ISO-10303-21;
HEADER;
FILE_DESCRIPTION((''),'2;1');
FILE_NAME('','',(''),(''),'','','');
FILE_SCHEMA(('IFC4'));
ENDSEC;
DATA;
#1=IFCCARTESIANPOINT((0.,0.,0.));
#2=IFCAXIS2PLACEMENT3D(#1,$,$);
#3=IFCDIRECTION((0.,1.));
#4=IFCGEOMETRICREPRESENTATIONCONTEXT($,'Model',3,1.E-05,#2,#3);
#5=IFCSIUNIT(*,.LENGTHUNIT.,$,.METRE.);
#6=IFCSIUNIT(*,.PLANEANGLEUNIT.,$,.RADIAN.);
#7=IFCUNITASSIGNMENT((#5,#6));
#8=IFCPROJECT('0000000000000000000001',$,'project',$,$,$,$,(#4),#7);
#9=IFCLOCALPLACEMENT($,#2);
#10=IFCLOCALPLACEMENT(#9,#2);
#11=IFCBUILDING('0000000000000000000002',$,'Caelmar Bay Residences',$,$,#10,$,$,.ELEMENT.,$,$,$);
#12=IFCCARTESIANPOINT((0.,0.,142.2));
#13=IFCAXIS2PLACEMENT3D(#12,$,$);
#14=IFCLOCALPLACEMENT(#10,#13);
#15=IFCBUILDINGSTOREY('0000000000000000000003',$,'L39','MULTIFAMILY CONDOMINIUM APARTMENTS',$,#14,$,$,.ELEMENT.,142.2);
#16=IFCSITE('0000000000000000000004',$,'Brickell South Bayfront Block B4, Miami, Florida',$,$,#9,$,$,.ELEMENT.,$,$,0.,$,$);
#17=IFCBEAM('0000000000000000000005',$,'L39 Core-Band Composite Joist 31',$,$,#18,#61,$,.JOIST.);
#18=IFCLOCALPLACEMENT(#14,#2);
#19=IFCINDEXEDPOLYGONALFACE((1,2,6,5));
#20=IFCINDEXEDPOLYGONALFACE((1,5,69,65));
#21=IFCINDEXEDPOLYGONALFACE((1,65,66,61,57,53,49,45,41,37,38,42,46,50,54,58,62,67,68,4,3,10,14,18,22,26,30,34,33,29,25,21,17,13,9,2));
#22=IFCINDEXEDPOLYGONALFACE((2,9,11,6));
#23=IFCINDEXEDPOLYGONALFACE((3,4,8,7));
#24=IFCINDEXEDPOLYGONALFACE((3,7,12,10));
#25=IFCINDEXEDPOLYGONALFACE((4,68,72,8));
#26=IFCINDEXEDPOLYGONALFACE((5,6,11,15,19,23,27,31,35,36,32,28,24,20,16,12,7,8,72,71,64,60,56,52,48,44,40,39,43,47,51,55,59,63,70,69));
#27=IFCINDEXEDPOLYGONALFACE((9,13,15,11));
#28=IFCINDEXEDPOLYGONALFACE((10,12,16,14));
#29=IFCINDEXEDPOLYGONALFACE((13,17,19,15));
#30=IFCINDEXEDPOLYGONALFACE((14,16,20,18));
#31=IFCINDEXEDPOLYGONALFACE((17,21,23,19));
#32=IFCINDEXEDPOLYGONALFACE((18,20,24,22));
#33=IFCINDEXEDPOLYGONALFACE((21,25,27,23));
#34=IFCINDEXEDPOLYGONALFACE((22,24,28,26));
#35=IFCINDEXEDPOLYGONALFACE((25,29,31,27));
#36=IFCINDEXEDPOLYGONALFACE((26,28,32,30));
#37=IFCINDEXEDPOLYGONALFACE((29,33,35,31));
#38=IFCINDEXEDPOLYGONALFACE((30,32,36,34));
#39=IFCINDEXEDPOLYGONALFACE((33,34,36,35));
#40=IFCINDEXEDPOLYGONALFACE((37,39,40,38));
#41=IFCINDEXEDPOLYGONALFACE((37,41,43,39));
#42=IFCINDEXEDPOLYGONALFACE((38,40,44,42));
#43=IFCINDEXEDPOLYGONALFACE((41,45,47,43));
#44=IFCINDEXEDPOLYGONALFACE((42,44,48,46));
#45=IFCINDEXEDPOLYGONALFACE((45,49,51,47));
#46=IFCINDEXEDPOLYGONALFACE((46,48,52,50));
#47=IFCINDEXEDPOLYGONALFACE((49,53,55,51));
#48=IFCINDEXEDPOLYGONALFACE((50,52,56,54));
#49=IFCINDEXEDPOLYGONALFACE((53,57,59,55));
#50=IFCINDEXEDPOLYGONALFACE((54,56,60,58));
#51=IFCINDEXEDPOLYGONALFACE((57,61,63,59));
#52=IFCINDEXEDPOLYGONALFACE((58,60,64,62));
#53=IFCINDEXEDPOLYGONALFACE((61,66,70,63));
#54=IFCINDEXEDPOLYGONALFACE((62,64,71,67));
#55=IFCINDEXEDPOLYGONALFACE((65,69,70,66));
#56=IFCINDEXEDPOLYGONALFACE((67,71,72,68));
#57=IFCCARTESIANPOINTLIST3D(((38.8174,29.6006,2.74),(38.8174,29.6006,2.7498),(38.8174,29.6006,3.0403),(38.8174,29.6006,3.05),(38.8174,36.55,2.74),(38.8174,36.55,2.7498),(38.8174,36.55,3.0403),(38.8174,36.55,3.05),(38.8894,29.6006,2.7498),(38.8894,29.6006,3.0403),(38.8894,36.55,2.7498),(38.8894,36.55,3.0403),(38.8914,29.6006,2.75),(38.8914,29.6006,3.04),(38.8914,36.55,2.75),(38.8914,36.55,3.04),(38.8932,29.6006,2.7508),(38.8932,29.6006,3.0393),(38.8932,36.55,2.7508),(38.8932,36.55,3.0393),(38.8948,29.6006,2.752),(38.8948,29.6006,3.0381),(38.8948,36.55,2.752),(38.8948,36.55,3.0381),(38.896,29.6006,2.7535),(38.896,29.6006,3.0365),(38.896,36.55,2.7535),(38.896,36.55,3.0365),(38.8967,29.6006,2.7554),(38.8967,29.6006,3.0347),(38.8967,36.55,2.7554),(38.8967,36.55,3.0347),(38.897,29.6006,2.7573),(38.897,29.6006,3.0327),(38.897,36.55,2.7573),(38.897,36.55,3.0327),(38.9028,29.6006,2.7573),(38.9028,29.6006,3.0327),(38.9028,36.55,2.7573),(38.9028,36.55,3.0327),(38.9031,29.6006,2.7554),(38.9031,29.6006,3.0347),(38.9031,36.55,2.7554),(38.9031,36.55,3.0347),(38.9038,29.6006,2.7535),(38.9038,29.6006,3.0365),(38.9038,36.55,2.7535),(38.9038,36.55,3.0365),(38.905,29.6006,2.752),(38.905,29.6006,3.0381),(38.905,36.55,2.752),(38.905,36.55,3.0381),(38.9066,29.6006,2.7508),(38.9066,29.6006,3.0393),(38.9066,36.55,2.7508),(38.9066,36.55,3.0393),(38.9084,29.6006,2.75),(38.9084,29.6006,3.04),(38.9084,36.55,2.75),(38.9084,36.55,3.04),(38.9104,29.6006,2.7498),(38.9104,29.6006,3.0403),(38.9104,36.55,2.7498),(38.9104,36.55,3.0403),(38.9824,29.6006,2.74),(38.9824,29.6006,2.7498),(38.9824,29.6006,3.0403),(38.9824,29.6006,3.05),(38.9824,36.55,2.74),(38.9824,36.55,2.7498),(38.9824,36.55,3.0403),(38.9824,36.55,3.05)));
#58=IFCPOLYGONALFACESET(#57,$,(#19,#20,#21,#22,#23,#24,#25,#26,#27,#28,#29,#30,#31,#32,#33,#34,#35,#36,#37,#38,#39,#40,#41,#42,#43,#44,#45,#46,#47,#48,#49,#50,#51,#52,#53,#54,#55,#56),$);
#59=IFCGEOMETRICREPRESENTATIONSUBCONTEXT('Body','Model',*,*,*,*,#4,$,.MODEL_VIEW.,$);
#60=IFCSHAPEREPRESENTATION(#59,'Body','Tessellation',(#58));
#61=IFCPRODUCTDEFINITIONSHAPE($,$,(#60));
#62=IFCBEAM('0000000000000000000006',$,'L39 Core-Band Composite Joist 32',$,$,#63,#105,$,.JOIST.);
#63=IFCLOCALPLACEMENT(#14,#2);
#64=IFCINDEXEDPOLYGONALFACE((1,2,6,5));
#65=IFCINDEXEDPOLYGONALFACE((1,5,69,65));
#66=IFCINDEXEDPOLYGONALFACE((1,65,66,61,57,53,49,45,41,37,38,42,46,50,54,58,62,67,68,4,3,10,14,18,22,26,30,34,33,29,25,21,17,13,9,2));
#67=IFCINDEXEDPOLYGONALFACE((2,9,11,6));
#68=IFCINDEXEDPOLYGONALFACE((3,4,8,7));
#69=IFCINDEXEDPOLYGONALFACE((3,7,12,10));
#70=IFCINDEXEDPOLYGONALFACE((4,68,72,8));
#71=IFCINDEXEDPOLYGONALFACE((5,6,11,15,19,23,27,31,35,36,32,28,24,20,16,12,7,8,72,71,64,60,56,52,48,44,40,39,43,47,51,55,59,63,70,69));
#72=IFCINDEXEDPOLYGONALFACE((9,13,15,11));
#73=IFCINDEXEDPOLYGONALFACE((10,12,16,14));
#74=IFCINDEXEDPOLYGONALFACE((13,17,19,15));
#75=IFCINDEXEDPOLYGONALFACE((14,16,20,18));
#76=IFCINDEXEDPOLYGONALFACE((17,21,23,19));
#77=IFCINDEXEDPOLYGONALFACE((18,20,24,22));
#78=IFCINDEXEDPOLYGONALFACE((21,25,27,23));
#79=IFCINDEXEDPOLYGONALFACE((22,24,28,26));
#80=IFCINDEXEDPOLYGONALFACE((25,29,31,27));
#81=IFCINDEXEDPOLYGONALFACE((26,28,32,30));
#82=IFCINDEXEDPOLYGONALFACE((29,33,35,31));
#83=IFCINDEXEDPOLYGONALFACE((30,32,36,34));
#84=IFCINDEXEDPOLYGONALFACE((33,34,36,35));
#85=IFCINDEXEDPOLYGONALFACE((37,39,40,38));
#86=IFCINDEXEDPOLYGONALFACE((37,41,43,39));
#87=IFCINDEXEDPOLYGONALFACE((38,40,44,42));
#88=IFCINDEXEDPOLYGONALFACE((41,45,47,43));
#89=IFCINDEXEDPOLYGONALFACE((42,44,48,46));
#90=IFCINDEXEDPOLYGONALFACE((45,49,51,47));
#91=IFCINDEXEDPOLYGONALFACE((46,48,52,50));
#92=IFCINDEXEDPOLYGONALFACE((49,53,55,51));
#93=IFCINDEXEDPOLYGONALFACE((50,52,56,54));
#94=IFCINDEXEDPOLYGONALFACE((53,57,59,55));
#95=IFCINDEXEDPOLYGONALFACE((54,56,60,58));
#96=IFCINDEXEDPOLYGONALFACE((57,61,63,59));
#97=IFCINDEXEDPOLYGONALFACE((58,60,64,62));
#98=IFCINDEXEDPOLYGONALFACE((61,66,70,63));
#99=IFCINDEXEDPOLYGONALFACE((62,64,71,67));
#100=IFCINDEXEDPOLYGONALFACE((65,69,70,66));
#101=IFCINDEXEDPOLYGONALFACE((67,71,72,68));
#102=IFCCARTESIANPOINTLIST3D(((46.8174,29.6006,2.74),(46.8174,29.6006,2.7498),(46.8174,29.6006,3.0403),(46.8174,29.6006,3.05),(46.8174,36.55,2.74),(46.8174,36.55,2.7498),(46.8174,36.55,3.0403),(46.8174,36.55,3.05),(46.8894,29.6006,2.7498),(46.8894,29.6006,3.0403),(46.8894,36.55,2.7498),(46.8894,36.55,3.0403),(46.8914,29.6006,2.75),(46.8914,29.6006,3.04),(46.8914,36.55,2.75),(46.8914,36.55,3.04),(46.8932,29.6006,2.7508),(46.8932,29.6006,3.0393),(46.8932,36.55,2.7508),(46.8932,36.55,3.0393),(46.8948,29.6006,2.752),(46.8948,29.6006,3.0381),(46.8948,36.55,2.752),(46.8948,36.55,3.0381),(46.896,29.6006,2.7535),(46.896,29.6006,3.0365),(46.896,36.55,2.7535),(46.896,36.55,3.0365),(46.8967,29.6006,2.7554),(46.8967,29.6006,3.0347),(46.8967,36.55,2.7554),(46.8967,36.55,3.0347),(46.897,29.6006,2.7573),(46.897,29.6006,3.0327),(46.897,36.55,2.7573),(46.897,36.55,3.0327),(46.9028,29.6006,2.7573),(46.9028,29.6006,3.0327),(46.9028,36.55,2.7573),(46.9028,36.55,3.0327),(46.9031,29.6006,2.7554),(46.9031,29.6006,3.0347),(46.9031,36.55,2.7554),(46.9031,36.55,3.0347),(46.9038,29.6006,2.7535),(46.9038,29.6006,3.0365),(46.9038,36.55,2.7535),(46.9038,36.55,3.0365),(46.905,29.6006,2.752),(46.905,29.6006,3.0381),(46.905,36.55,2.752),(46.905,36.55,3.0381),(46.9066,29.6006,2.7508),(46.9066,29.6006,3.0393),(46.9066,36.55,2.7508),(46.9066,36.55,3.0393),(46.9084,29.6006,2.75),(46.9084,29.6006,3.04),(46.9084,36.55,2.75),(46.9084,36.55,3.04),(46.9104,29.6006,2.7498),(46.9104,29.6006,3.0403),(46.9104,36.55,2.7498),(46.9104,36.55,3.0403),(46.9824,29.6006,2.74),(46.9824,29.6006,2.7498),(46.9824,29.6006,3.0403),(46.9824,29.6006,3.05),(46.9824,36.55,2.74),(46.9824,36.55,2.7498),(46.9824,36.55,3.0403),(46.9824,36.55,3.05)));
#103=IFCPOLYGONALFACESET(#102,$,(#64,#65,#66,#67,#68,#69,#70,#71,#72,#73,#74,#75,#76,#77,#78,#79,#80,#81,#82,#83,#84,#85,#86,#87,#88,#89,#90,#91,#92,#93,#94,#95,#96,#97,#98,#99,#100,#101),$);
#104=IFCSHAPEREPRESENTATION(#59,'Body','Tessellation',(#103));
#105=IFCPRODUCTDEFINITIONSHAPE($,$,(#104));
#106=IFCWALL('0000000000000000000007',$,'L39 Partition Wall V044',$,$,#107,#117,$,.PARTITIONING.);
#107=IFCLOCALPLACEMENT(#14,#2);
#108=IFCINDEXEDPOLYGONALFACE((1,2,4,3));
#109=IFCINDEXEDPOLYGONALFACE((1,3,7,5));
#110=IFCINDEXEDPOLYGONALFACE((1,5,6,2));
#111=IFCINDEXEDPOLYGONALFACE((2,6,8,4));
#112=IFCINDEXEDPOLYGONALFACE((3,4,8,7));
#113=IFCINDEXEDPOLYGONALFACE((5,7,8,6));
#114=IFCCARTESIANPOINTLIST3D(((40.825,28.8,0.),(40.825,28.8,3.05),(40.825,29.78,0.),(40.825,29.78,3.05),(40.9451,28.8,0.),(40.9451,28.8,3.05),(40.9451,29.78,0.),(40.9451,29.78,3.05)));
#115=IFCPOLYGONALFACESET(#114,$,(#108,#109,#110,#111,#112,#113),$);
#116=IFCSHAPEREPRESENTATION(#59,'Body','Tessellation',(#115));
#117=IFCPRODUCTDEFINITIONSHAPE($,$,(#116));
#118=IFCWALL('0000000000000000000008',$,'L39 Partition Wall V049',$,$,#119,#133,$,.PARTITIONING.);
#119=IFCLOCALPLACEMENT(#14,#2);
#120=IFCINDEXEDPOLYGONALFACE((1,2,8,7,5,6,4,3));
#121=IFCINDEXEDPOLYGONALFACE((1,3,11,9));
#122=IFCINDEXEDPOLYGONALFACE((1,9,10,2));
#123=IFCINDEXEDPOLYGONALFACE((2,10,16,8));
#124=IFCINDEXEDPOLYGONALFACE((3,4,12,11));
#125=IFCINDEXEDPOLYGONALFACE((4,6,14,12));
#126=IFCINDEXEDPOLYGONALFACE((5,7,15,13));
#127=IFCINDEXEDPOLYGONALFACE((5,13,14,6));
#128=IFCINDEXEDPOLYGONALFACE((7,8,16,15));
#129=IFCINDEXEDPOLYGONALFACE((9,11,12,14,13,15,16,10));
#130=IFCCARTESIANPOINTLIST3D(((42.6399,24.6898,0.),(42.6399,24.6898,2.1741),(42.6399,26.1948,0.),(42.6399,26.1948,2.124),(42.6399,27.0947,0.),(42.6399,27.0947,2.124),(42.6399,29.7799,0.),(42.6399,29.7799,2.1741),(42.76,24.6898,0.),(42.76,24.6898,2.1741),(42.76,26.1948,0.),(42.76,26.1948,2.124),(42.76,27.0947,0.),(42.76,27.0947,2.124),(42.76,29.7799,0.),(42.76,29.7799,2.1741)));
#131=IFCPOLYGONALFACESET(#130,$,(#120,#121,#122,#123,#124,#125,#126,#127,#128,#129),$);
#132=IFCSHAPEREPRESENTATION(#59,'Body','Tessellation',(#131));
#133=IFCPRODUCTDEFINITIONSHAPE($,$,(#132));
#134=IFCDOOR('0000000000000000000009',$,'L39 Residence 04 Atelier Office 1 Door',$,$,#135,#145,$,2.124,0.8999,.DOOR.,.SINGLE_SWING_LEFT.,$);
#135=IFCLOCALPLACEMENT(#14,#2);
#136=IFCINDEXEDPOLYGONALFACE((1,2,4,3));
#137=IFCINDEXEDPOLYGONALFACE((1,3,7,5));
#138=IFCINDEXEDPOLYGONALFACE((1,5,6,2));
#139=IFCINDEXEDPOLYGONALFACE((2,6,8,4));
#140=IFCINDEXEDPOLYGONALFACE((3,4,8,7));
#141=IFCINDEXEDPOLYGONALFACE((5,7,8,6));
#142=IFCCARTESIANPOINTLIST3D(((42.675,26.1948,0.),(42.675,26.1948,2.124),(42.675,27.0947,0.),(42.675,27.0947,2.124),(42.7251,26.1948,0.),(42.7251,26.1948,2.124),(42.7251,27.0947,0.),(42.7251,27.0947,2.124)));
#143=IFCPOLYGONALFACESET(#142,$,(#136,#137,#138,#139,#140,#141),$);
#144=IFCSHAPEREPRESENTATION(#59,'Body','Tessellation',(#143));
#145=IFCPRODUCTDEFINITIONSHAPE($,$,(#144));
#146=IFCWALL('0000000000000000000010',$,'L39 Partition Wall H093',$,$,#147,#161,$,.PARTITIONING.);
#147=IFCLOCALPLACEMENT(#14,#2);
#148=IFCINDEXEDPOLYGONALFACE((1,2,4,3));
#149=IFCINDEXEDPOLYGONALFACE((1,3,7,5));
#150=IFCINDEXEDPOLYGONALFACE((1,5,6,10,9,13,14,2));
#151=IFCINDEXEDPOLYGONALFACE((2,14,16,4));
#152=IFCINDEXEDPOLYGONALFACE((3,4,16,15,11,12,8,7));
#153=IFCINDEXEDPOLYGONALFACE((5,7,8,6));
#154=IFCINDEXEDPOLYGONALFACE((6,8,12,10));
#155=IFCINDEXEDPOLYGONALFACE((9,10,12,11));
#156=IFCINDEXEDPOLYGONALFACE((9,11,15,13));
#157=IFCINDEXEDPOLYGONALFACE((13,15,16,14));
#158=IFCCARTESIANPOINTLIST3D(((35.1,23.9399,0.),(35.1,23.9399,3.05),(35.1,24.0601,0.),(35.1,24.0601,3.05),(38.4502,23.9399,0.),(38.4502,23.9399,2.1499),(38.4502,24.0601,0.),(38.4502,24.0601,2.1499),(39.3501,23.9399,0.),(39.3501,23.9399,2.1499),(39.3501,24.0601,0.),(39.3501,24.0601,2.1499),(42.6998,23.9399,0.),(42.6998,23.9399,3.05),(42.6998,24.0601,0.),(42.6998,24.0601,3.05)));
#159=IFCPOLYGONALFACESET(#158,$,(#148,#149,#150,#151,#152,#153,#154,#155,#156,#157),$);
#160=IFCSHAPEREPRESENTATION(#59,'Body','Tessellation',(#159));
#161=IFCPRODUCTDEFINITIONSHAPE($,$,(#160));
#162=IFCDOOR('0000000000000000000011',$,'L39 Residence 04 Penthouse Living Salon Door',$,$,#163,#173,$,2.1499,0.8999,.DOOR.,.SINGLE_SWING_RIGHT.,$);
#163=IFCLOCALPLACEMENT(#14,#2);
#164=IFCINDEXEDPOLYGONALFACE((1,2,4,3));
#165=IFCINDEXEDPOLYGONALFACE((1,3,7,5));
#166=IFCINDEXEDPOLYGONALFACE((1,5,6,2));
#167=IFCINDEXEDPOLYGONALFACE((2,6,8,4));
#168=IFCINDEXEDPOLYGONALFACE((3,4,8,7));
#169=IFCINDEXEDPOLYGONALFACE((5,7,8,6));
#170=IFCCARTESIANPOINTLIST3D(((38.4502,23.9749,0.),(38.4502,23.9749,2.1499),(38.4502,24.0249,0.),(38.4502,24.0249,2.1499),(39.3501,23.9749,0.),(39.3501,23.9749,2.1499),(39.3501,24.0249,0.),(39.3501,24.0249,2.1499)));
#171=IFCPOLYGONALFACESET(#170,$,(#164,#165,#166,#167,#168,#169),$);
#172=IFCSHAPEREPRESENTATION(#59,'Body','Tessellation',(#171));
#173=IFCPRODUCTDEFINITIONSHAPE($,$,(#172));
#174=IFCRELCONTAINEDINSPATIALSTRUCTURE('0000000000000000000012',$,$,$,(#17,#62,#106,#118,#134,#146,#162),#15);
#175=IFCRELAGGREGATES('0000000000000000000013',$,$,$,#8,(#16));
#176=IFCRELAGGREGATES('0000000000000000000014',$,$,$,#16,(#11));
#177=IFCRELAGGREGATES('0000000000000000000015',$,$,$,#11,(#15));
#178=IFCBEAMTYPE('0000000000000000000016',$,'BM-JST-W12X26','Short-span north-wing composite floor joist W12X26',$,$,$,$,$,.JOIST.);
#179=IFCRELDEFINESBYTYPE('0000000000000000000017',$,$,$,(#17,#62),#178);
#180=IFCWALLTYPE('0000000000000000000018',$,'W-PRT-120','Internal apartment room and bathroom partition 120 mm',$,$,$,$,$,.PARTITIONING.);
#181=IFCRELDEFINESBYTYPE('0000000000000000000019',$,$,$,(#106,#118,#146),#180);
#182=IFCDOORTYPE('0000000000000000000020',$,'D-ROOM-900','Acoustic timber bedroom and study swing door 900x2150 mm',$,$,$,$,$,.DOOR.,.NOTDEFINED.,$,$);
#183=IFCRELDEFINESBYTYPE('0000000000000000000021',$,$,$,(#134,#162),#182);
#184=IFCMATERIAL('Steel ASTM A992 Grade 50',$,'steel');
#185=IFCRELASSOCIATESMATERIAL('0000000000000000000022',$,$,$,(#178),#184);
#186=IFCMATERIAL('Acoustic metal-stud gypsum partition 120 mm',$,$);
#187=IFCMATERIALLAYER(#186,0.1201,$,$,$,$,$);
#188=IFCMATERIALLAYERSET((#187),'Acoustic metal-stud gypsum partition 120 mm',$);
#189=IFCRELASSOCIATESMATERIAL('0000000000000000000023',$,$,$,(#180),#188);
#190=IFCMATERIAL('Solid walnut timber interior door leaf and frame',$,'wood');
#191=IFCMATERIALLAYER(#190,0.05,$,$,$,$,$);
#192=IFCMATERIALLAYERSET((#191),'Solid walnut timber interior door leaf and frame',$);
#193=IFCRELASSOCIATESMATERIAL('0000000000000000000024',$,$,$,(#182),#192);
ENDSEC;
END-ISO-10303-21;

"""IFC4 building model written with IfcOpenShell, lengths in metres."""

from ifc_helpers import new_model, si_unit, direction, frame, frame_2d, origin, origin_2d, place, context, subcontext, project, spatial, rectangle, i_section, extrude, material, layer, layer_set, material_profile, profile_set, type_object, element, fill, save


model = new_model("IFC4")

# Units and contexts
model_context = context("Model", 3, precision=1e-05, world=origin(), true_north=direction((0.0, 1.0)))
body_context = subcontext(model_context, "Body", "Model", "MODEL_VIEW")
ifc_project = project(units=[si_unit("LENGTHUNIT", "METRE"), si_unit("PLANEANGLEUNIT", "RADIAN")], contexts=[model_context])

# Site, building, storey
site_placement = place(None, origin())
site = spatial("IfcSite", under=ifc_project, at=site_placement, Name="Brickell South Bayfront Block B4, Miami, Florida", CompositionType="ELEMENT", RefElevation=0.0)
building_placement = place(site_placement, origin())
building = spatial("IfcBuilding", under=site, at=building_placement, Name="Caelmar Bay Residences", CompositionType="ELEMENT")
storey_placement = place(building_placement, frame((0.0, 0.0, 142.2)))
storey = spatial("IfcBuildingStorey", under=building, at=storey_placement, Name="L39", Description="MULTIFAMILY CONDOMINIUM APARTMENTS", CompositionType="ELEMENT", Elevation=142.2)

# Beams
ifc_material_1 = material(Name="Steel ASTM A992 Grade 50", Category="steel")
ifc_material_profile_1 = material_profile(ifc_material_1, i_section(OverallWidth=0.165, OverallDepth=0.3101, WebThickness=0.0059, FlangeThickness=0.0098, FilletRadius=0.0076, at=origin_2d()), Name="W12X26")
ifc_profile_set_1 = profile_set([ifc_material_profile_1], Name="Steel ASTM A992 Grade 50")
beam_type_1 = type_object("IfcBeamType", Name="BM-JST-W12X26", Description="Short-span north-wing composite floor joist W12X26", PredefinedType="JOIST", material=ifc_profile_set_1)
for number, where, z_axis, x_axis, name in (
    (1, (38.8999, 29.6006, 2.895), (0.0, 1.0, 0.0), (-1.0, 0.0, 0.0), "L39 Core-Band Composite Joist 31"),
    (2, (46.8999, 29.6006, 2.895), (0.0, 1.0, 0.0), (-1.0, 0.0, 0.0), "L39 Core-Band Composite Joist 32"),
):
    element("IfcBeam", number, at=place(storey_placement, frame(where, z_axis=z_axis, x_axis=x_axis)), inside=storey, type_object=beam_type_1, Name=name, PredefinedType="JOIST", context=body_context, shape_type="SweptSolid", body=[
        extrude(i_section(OverallWidth=0.165, OverallDepth=0.3101, WebThickness=0.0059, FlangeThickness=0.0098, FilletRadius=0.0076, at=origin_2d()), origin(), (0.0, 0.0, 1.0), 6.9495),
    ])

# Wall
ifc_material_2 = material(Name="Acoustic metal-stud gypsum partition 120 mm")
ifc_layer_1 = layer(ifc_material_2, 0.1201)
ifc_layer_set_1 = layer_set([ifc_layer_1], Name="Acoustic metal-stud gypsum partition 120 mm")
wall_type_1 = type_object("IfcWallType", Name="W-PRT-120", Description="Internal apartment room and bathroom partition 120 mm", PredefinedType="PARTITIONING", material=ifc_layer_set_1)
wall_1_placement = place(storey_placement, frame((40.885, 28.8, 0.0), z_axis=(0.0, 0.0, 1.0), x_axis=(0.0, 1.0, 0.0)))
element("IfcWall", 3, at=wall_1_placement, inside=storey, type_object=wall_type_1, Name="L39 Partition Wall V044", PredefinedType="PARTITIONING", context=body_context, shape_type="SweptSolid", body=[
    extrude(rectangle(XDim=0.98, YDim=0.1201, at=frame_2d((0.49, 0.0))), origin(), (0.0, 0.0, 1.0), 3.05),
])

# Walls, openings, doors
wall_2_placement = place(storey_placement, frame((42.7, 24.6899, 0.0), z_axis=(0.0, 0.0, 1.0), x_axis=(0.0, 1.0, 0.0)))
wall_2 = element("IfcWall", 4, at=wall_2_placement, inside=storey, type_object=wall_type_1, Name="L39 Partition Wall V049", PredefinedType="PARTITIONING", context=body_context, shape_type="SweptSolid", body=[
    extrude(rectangle(XDim=5.0901, YDim=0.1201, at=frame_2d((2.5449, 0.0))), origin(), (0.0, 0.0, 1.0), 2.1741),
])
opening_1_placement = place(wall_2_placement, frame((1.5049, 0.0, 0.0)))
opening_1 = element("IfcOpeningElement", 5, at=opening_1_placement, cuts=wall_2, PredefinedType="OPENING", context=body_context, shape_type="SweptSolid", body=[
    extrude(rectangle(XDim=0.8999, YDim=2.124, at=frame_2d((0.45, 1.062))), frame((0.0, 0.0701, 0.0), z_axis=(0.0, -1.0, 0.0), x_axis=(1.0, 0.0, 0.0)), (0.0, 0.0, 1.0), 0.1401),
])
ifc_material_3 = material(Name="Solid walnut timber interior door leaf and frame", Category="wood")
ifc_layer_2 = layer(ifc_material_3, 0.05)
ifc_layer_set_2 = layer_set([ifc_layer_2], Name="Solid walnut timber interior door leaf and frame")
door_type = type_object("IfcDoorType", Name="D-ROOM-900", Description="Acoustic timber bedroom and study swing door 900x2150 mm", OperationType="NOTDEFINED", PredefinedType="DOOR", material=ifc_layer_set_2)
door_1_placement = place(opening_1_placement, origin())
door_1 = element("IfcDoor", 6, at=door_1_placement, inside=storey, type_object=door_type, Name="L39 Residence 04 Atelier Office 1 Door", OperationType="SINGLE_SWING_LEFT", OverallHeight=2.124, OverallWidth=0.8999, PredefinedType="DOOR", context=body_context, shape_type="SweptSolid", body=[
    extrude(rectangle(XDim=0.8999, YDim=2.124, at=frame_2d((0.45, 1.062))), frame((0.0, 0.0249, 0.0), z_axis=(0.0, -1.0, 0.0), x_axis=(1.0, 0.0, 0.0)), (0.0, 0.0, 1.0), 0.05),
])
fill(opening_1, door_1)
wall_3_placement = place(storey_placement, frame((35.1001, 24.0, 0.0), z_axis=(0.0, 0.0, 1.0), x_axis=(1.0, 0.0, 0.0)))
wall_3 = element("IfcWall", 7, at=wall_3_placement, inside=storey, type_object=wall_type_1, Name="L39 Partition Wall H093", PredefinedType="PARTITIONING", context=body_context, shape_type="SweptSolid", body=[
    extrude(rectangle(XDim=7.5999, YDim=0.1201, at=frame_2d((3.7998, 0.0))), origin(), (0.0, 0.0, 1.0), 3.05),
])
opening_2_placement = place(wall_3_placement, frame((3.3501, 0.0, 0.0)))
opening_2 = element("IfcOpeningElement", 8, at=opening_2_placement, cuts=wall_3, PredefinedType="OPENING", context=body_context, shape_type="SweptSolid", body=[
    extrude(rectangle(XDim=0.8999, YDim=2.1499, at=frame_2d((0.45, 1.075))), frame((0.0, 0.0701, 0.0), z_axis=(0.0, -1.0, 0.0), x_axis=(1.0, 0.0, 0.0)), (0.0, 0.0, 1.0), 0.1401),
])
door_2_placement = place(opening_2_placement, origin())
door_2 = element("IfcDoor", 9, at=door_2_placement, inside=storey, type_object=door_type, Name="L39 Residence 04 Penthouse Living Salon Door", OperationType="SINGLE_SWING_RIGHT", OverallHeight=2.1499, OverallWidth=0.8999, PredefinedType="DOOR", context=body_context, shape_type="SweptSolid", body=[
    extrude(rectangle(XDim=0.8999, YDim=2.1499, at=frame_2d((0.45, 1.075))), frame((0.0, 0.0249, 0.0), z_axis=(0.0, -1.0, 0.0), x_axis=(1.0, 0.0, 0.0)), (0.0, 0.0, 1.0), 0.05),
])
fill(opening_2, door_2)

save(model, "model.ifc")
